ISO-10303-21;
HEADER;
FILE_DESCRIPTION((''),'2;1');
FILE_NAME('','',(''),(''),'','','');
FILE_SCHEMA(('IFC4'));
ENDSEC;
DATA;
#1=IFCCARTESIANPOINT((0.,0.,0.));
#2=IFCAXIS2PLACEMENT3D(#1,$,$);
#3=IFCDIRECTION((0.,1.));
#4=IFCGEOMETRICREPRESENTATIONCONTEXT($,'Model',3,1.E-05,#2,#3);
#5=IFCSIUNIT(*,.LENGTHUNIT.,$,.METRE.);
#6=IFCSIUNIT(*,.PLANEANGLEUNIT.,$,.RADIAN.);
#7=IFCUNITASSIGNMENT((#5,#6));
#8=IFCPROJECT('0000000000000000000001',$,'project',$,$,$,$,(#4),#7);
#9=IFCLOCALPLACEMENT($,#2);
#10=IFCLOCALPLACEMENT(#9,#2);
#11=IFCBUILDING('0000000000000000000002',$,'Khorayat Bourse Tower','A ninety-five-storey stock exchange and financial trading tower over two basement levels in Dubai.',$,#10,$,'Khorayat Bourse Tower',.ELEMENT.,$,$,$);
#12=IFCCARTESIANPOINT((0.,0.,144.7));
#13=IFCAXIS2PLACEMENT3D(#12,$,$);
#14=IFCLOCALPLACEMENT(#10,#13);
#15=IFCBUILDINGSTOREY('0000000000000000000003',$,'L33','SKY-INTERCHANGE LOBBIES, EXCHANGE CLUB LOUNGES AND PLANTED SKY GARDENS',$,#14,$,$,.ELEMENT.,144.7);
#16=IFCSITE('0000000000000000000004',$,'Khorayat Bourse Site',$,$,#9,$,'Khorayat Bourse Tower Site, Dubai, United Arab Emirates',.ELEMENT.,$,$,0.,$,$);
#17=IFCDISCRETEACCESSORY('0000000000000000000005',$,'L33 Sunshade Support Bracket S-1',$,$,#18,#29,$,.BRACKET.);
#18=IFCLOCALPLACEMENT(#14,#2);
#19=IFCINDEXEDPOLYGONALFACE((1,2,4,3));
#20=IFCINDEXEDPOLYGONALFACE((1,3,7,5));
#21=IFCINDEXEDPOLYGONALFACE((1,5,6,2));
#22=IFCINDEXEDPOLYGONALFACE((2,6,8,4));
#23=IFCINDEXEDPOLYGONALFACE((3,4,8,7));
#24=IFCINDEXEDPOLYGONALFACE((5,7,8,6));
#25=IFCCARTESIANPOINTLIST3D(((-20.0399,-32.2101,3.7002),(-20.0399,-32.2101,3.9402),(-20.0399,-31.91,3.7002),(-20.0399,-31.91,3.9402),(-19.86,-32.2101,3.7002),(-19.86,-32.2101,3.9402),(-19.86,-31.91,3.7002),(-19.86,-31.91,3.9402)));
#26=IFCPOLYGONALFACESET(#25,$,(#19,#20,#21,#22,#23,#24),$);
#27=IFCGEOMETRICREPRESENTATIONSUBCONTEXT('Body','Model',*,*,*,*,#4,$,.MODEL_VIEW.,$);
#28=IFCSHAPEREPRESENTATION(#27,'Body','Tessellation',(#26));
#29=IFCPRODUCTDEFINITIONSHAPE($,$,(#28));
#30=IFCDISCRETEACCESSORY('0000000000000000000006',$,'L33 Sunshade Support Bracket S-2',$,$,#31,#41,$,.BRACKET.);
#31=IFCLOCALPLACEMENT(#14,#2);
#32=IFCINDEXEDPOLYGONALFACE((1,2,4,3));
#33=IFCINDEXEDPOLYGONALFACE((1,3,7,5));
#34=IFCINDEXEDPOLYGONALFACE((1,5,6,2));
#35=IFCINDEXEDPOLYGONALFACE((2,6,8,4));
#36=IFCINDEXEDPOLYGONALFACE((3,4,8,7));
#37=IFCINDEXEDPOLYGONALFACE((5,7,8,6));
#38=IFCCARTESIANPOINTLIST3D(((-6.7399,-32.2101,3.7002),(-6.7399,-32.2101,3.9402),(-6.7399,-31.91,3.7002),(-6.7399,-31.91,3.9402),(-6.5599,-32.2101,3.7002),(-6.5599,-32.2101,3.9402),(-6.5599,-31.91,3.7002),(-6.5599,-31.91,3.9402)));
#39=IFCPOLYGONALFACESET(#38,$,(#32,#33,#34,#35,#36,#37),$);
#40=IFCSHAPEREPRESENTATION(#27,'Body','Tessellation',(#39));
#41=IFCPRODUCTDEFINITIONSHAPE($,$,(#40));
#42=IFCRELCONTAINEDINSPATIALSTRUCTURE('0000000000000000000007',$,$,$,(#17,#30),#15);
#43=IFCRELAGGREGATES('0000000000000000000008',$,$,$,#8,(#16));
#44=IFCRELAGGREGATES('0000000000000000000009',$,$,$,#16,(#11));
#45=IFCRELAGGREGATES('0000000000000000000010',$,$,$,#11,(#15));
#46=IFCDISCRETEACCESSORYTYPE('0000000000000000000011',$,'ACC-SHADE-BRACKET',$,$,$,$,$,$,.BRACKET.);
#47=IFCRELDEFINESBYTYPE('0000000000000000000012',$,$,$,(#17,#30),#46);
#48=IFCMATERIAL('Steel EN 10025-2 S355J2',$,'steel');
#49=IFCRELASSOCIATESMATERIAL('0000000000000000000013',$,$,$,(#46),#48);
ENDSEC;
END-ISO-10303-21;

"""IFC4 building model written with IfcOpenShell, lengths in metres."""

from ifc_helpers import new_model, si_unit, direction, frame, origin, origin_2d, place, context, subcontext, project, spatial, rectangle, extrude, source, transform, mapped, material, type_object, element, save


model = new_model("IFC4")

# Units and contexts
model_context = context("Model", 3, precision=1e-05, world=origin(), true_north=direction((0.0, 1.0)))
body_context = subcontext(model_context, "Body", "Model", "MODEL_VIEW")
ifc_project = project(units=[si_unit("LENGTHUNIT", "METRE"), si_unit("PLANEANGLEUNIT", "RADIAN")], contexts=[model_context])

# Site, building, storey
site_placement = place(None, origin())
site = spatial("IfcSite", under=ifc_project, at=site_placement, Name="Khorayat Bourse Site", LongName="Khorayat Bourse Tower Site, Dubai, United Arab Emirates", CompositionType="ELEMENT", RefElevation=0.0)
building_placement = place(site_placement, origin())
building = spatial("IfcBuilding", under=site, at=building_placement, Name="Khorayat Bourse Tower", Description="A ninety-five-storey stock exchange and financial trading tower over two basement levels in Dubai.", LongName="Khorayat Bourse Tower", CompositionType="ELEMENT")
storey_placement = place(building_placement, frame((0.0, 0.0, 144.7)))
storey = spatial("IfcBuildingStorey", under=building, at=storey_placement, Name="L33", Description="SKY-INTERCHANGE LOBBIES, EXCHANGE CLUB LOUNGES AND PLANTED SKY GARDENS", CompositionType="ELEMENT", Elevation=144.7)

# Shared definitions
ifc_material_1 = material(Name="Steel EN 10025-2 S355J2", Category="steel")

# Discrete accessories
discrete_accessory_type = type_object("IfcDiscreteAccessoryType", Name="ACC-SHADE-BRACKET", PredefinedType="BRACKET", material=ifc_material_1)
shared_shape_1 = source(origin(), body_context, "Body", "SweptSolid", [
    extrude(rectangle(XDim=0.1799, YDim=0.3, at=origin_2d()), origin(), (0.0, 0.0, 1.0), 0.24),
])
for number, where, z_axis, x_axis, name in (
    (1, (-19.95, -32.0601, 3.7002), (0.0, 0.0, 1.0), (1.0, 0.0, 0.0), "L33 Sunshade Support Bracket S-1"),
    (2, (-6.6499, -32.0601, 3.7002), (0.0, 0.0, 1.0), (1.0, 0.0, 0.0), "L33 Sunshade Support Bracket S-2"),
):
    element("IfcDiscreteAccessory", number, at=place(storey_placement, frame(where, z_axis=z_axis, x_axis=x_axis)), inside=storey, type_object=discrete_accessory_type, Name=name, PredefinedType="BRACKET", context=body_context, shape_type="MappedRepresentation", body=[
        mapped(shared_shape_1, transform((0.0, 0.0, 0.0), scale=1.0)),
    ])

save(model, "model.ifc")
